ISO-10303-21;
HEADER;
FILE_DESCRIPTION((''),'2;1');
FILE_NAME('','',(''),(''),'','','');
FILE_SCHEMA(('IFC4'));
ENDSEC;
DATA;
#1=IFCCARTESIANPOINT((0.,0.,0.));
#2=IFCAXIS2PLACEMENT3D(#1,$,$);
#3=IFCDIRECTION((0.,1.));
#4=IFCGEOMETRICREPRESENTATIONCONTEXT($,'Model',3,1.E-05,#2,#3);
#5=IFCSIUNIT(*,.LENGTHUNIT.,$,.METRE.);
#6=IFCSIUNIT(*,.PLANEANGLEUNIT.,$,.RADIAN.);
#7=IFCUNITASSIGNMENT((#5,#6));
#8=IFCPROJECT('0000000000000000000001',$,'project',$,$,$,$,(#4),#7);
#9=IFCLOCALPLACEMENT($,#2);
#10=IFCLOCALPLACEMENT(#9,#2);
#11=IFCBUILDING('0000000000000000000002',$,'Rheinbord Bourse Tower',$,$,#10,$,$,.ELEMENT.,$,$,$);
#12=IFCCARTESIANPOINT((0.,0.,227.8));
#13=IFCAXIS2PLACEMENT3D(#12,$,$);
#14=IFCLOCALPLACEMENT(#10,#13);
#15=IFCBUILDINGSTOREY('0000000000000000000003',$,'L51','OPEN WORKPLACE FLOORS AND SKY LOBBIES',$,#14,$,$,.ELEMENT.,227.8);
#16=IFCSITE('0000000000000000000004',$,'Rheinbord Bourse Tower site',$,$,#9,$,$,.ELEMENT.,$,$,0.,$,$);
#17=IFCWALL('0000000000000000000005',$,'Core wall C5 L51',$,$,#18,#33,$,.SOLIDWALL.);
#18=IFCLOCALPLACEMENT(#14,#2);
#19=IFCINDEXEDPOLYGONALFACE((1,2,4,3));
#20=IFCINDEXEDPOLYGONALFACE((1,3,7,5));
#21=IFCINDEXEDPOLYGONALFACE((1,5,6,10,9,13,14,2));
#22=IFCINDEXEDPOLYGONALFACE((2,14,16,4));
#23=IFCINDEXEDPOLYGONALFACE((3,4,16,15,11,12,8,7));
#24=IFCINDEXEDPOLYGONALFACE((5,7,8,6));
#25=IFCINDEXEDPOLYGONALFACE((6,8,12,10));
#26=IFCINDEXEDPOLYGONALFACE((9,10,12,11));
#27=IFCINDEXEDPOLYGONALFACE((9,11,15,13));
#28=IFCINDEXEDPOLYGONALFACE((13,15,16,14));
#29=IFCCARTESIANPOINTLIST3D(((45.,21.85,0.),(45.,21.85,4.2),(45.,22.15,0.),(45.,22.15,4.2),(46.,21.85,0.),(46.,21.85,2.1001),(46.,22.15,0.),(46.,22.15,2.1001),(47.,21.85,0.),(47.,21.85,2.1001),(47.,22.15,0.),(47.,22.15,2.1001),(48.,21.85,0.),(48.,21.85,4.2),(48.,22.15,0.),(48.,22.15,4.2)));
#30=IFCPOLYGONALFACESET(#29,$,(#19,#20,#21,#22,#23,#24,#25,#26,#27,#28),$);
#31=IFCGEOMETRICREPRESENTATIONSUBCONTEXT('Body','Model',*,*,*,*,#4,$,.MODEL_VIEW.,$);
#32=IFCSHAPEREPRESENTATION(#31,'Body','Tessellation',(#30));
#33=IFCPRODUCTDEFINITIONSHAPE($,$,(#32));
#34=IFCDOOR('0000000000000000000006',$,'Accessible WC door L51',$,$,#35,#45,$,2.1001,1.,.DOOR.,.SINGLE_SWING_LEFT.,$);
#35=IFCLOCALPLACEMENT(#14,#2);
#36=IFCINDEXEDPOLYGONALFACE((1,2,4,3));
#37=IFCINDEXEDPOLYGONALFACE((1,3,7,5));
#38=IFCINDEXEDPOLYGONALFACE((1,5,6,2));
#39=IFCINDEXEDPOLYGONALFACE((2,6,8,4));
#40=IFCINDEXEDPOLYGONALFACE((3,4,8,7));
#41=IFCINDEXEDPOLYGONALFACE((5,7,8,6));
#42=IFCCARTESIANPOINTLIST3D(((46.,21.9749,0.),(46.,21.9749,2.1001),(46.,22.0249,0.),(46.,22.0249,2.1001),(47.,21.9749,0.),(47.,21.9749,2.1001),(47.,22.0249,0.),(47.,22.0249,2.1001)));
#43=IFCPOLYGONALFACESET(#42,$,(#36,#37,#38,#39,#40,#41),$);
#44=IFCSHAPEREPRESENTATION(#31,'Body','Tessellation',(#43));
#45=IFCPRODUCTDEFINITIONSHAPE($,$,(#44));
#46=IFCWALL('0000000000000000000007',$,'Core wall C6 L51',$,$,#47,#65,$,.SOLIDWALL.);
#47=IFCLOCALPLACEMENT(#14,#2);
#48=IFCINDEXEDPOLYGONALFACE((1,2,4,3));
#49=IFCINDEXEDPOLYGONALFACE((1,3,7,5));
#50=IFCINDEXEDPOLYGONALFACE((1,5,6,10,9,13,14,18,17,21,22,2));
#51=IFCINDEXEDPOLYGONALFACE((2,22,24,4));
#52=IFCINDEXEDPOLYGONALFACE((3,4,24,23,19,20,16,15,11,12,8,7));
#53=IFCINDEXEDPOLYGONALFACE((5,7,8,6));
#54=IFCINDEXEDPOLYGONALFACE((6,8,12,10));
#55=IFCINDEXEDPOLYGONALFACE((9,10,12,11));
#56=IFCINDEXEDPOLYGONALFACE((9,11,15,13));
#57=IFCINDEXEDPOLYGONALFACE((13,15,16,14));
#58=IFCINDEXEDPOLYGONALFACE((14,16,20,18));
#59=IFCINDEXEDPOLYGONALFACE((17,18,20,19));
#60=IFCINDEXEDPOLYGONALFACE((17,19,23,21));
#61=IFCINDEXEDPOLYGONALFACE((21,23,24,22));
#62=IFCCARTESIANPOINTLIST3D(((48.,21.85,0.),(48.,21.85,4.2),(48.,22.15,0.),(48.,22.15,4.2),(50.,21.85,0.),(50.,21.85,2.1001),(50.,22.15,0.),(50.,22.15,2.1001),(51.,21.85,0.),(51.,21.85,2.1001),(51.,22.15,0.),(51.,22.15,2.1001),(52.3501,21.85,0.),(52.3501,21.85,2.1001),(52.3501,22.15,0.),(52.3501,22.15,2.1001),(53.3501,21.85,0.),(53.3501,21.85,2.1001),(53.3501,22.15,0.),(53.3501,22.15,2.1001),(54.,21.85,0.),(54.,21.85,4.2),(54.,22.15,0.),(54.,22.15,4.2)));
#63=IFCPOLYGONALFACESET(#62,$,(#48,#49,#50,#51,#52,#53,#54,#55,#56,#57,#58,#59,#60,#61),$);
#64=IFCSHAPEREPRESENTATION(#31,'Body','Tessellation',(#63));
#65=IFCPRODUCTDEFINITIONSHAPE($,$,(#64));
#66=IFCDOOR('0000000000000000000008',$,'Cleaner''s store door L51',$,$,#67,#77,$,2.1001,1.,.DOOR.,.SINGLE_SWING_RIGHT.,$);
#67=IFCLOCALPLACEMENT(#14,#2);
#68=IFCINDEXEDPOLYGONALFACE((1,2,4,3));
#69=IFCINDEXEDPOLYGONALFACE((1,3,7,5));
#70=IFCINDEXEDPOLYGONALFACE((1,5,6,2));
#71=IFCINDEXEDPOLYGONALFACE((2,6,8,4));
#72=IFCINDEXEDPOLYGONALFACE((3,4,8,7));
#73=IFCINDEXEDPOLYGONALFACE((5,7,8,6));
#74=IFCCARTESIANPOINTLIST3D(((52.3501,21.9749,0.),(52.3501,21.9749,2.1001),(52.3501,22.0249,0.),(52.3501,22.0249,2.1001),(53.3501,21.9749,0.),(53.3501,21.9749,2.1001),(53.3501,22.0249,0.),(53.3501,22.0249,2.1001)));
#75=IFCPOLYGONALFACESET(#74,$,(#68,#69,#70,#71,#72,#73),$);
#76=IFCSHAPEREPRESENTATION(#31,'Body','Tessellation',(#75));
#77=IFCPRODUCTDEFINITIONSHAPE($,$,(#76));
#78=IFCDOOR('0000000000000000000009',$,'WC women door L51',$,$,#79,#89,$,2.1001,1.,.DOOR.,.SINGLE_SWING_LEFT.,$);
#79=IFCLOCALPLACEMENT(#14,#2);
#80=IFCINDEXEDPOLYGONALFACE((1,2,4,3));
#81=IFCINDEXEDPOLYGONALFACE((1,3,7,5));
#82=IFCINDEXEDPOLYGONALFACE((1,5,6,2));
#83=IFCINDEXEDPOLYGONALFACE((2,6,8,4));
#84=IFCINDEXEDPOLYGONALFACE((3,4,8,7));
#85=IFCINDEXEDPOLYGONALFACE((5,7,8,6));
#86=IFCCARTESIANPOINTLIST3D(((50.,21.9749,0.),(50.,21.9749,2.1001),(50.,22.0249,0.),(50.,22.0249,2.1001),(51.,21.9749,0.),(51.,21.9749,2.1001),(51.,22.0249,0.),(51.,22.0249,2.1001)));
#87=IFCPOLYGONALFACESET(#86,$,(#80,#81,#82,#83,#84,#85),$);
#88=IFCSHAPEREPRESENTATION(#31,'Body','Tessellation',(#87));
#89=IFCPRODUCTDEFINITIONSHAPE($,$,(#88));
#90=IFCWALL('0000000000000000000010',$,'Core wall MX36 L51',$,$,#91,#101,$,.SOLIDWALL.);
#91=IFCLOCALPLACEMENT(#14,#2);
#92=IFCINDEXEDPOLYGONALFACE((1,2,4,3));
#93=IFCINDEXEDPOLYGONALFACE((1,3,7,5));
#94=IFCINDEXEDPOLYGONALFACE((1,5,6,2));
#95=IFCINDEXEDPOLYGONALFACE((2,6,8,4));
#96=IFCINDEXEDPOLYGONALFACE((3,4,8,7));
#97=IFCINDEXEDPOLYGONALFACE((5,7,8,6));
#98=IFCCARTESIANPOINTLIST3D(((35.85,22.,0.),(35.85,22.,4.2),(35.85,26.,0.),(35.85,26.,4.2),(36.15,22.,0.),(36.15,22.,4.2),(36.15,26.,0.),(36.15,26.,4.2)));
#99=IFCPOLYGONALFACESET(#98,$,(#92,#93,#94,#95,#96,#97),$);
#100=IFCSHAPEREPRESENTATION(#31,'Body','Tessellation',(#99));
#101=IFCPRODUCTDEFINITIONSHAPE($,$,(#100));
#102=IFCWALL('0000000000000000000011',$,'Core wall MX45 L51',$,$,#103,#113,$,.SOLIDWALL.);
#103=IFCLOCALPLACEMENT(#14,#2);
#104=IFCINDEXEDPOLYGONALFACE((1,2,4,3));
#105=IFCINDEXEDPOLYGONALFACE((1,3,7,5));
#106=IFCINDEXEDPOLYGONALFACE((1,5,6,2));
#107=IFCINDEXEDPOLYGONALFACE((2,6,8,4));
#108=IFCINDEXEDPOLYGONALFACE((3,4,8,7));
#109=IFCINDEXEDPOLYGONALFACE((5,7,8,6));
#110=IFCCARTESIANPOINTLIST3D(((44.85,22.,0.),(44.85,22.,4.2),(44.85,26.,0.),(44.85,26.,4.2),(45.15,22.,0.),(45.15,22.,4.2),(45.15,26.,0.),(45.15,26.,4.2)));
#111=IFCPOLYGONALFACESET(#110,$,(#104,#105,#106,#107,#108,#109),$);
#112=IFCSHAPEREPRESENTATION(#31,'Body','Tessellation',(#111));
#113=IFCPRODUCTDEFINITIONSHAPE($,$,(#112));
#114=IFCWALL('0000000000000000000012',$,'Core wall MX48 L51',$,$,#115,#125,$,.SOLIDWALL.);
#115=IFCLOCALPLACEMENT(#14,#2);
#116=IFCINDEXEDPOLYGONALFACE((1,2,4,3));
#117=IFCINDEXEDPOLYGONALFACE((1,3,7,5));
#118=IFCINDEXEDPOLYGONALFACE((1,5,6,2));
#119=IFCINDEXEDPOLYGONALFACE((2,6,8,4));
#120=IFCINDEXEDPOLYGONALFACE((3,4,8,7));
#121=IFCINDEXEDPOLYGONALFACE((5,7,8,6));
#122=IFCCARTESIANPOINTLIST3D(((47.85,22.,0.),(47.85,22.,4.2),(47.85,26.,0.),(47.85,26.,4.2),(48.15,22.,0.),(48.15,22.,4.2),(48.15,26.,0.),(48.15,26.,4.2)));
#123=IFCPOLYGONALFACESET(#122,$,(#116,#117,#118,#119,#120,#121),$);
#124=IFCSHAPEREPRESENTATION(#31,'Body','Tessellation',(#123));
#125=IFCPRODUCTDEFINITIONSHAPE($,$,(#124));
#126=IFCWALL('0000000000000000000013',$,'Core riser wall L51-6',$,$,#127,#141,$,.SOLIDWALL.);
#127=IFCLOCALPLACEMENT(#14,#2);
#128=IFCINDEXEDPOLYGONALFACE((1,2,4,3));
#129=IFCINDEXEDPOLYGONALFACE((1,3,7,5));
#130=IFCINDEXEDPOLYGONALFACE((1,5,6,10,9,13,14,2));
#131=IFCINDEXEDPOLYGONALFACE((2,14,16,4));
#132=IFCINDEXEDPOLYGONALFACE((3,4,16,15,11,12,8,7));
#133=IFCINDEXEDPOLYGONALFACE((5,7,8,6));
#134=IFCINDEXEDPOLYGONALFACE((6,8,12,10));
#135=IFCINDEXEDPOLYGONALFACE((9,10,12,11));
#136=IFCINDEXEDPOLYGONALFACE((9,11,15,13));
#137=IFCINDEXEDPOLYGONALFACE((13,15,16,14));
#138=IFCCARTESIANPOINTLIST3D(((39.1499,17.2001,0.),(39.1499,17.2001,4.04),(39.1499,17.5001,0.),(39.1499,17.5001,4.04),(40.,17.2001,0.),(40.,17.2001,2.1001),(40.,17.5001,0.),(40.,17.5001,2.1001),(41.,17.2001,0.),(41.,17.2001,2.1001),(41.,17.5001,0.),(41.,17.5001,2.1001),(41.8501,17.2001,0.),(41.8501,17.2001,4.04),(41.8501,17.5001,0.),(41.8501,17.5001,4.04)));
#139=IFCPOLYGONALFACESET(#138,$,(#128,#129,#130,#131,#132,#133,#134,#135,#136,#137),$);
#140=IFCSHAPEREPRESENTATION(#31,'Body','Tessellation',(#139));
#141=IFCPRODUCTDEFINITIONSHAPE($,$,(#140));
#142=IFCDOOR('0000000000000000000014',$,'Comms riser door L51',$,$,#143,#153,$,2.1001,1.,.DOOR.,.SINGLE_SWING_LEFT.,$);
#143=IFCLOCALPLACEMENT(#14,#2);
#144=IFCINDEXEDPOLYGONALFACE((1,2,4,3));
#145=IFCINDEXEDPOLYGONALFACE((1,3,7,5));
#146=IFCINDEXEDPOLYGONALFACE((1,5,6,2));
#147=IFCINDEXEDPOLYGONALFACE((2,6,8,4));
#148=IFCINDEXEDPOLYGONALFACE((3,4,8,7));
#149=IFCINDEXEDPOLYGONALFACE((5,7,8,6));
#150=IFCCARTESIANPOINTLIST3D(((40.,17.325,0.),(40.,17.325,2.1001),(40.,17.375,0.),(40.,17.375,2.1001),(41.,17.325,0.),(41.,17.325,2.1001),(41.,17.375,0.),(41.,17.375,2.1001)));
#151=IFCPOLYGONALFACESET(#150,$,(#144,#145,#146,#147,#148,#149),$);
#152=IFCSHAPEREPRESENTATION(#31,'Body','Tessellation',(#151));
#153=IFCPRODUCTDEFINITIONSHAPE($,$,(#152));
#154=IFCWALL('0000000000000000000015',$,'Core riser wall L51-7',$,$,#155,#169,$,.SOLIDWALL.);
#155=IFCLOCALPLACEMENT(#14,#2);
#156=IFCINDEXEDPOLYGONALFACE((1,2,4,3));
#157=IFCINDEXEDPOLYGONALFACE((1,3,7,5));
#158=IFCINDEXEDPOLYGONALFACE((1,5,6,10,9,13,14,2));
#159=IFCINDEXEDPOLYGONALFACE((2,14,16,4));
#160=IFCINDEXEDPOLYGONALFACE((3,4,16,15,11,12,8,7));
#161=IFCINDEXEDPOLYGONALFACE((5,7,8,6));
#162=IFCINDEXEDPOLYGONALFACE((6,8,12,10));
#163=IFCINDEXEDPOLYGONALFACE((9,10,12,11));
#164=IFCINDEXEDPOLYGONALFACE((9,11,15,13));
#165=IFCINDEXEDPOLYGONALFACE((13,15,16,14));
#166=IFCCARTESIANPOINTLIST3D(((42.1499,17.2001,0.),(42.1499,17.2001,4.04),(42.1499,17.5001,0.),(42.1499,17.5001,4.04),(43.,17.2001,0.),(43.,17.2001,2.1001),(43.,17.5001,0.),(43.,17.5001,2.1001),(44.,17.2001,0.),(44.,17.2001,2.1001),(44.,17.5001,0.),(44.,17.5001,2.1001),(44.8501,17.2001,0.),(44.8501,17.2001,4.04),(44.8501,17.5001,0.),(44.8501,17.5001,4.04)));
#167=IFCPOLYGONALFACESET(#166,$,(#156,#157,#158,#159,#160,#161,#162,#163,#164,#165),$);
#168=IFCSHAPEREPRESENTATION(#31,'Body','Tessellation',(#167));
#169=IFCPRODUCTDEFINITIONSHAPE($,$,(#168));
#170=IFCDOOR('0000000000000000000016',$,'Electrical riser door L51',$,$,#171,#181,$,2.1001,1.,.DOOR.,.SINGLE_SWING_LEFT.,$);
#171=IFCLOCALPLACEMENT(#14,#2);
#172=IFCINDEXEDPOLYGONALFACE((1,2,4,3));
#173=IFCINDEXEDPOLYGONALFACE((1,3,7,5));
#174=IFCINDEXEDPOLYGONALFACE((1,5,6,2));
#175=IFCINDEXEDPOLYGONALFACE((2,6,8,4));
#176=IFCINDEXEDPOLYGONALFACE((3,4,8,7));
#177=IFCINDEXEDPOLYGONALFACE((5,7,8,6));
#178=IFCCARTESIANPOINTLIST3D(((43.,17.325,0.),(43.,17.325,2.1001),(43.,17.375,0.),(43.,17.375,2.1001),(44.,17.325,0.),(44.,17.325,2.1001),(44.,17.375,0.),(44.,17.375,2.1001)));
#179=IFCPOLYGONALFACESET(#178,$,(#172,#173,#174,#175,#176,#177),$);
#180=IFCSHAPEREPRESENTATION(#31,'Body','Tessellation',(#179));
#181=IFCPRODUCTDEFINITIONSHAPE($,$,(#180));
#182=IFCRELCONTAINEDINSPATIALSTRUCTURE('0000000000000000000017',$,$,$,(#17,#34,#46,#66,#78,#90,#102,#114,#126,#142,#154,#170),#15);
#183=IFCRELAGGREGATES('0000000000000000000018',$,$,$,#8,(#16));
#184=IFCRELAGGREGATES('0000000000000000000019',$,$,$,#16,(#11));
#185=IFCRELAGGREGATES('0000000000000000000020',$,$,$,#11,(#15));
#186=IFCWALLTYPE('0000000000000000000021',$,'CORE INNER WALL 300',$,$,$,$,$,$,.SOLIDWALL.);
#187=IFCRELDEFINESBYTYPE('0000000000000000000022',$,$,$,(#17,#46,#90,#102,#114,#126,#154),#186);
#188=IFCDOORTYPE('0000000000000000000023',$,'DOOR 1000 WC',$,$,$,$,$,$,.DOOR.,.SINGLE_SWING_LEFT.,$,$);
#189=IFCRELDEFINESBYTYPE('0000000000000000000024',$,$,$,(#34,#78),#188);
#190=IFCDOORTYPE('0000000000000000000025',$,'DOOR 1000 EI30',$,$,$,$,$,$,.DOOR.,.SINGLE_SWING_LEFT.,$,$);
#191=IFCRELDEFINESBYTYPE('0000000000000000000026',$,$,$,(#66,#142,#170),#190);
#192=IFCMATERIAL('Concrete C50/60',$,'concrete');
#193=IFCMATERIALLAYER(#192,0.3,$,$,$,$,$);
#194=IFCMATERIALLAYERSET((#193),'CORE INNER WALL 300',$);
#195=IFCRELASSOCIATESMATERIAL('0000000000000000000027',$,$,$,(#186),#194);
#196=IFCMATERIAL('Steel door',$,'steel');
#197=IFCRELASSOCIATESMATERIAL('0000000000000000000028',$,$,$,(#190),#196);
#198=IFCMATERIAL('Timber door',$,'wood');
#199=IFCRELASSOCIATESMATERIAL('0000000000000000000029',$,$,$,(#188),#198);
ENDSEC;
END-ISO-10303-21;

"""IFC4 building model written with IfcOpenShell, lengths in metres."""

from ifc_helpers import new_model, si_unit, direction, frame, frame_2d, origin, place, context, subcontext, project, spatial, rectangle, extrude, material, layer, layer_set, type_object, element, fill, save


model = new_model("IFC4")

# Units and contexts
model_context = context("Model", 3, precision=1e-05, world=origin(), true_north=direction((0.0, 1.0)))
body_context = subcontext(model_context, "Body", "Model", "MODEL_VIEW")
ifc_project = project(units=[si_unit("LENGTHUNIT", "METRE"), si_unit("PLANEANGLEUNIT", "RADIAN")], contexts=[model_context])

# Site, building, storey
site_placement = place(None, origin())
site = spatial("IfcSite", under=ifc_project, at=site_placement, Name="Rheinbord Bourse Tower site", CompositionType="ELEMENT", RefElevation=0.0)
building_placement = place(site_placement, origin())
building = spatial("IfcBuilding", under=site, at=building_placement, Name="Rheinbord Bourse Tower", CompositionType="ELEMENT")
storey_placement = place(building_placement, frame((0.0, 0.0, 227.8)))
storey = spatial("IfcBuildingStorey", under=building, at=storey_placement, Name="L51", Description="OPEN WORKPLACE FLOORS AND SKY LOBBIES", CompositionType="ELEMENT", Elevation=227.8)

# Wall, opening, door
ifc_material_1 = material(Name="Concrete C50/60", Category="concrete")
ifc_layer_1 = layer(ifc_material_1, 0.3)
ifc_layer_set_1 = layer_set([ifc_layer_1], Name="CORE INNER WALL 300")
wall_type_1 = type_object("IfcWallType", Name="CORE INNER WALL 300", PredefinedType="SOLIDWALL", material=ifc_layer_set_1)
ifc_material_2 = material(Name="Steel door", Category="steel")
door_type_1 = type_object("IfcDoorType", Name="DOOR 1000 EI30", OperationType="SINGLE_SWING_LEFT", PredefinedType="DOOR", material=ifc_material_2)
wall_1_placement = place(storey_placement, frame((45.0, 22.0, 0.0), z_axis=(0.0, 0.0, 1.0), x_axis=(1.0, 0.0, 0.0)))
wall_1 = element("IfcWall", 1, at=wall_1_placement, inside=storey, type_object=wall_type_1, Name="Core wall C5 L51", PredefinedType="SOLIDWALL", context=body_context, shape_type="SweptSolid", body=[
    extrude(rectangle(XDim=3.0, YDim=0.3, at=frame_2d((1.5, 0.0))), origin(), (0.0, 0.0, 1.0), 4.2),
])
opening_1_placement = place(wall_1_placement, frame((1.0, 0.0, 0.0)))
opening_1 = element("IfcOpeningElement", 2, at=opening_1_placement, cuts=wall_1, PredefinedType="OPENING", context=body_context, shape_type="SweptSolid", body=[
    extrude(rectangle(XDim=1.0, YDim=2.1001, at=frame_2d((0.5, 1.05))), frame((0.0, 0.1599, 0.0), z_axis=(0.0, -1.0, 0.0), x_axis=(1.0, 0.0, 0.0)), (0.0, 0.0, 1.0), 0.3201),
])
ifc_material_3 = material(Name="Timber door", Category="wood")
door_type_2 = type_object("IfcDoorType", Name="DOOR 1000 WC", OperationType="SINGLE_SWING_LEFT", PredefinedType="DOOR", material=ifc_material_3)
door_1_placement = place(opening_1_placement, origin())
door_1 = element("IfcDoor", 3, at=door_1_placement, inside=storey, type_object=door_type_2, Name="Accessible WC door L51", OperationType="SINGLE_SWING_LEFT", OverallHeight=2.1001, OverallWidth=1.0, PredefinedType="DOOR", context=body_context, shape_type="SweptSolid", body=[
    extrude(rectangle(XDim=1.0, YDim=2.1001, at=frame_2d((0.5, 1.05))), frame((0.0, 0.0249, 0.0), z_axis=(0.0, -1.0, 0.0), x_axis=(1.0, 0.0, 0.0)), (0.0, 0.0, 1.0), 0.05),
])
fill(opening_1, door_1)

# Wall, openings, doors
wall_2_placement = place(storey_placement, frame((48.0, 22.0, 0.0), z_axis=(0.0, 0.0, 1.0), x_axis=(1.0, 0.0, 0.0)))
wall_2 = element("IfcWall", 4, at=wall_2_placement, inside=storey, type_object=wall_type_1, Name="Core wall C6 L51", PredefinedType="SOLIDWALL", context=body_context, shape_type="SweptSolid", body=[
    extrude(rectangle(XDim=6.0, YDim=0.3, at=frame_2d((3.0, 0.0))), origin(), (0.0, 0.0, 1.0), 4.2),
])
opening_2_placement = place(wall_2_placement, frame((2.0, 0.0, 0.0)))
opening_2 = element("IfcOpeningElement", 5, at=opening_2_placement, cuts=wall_2, PredefinedType="OPENING", context=body_context, shape_type="SweptSolid", body=[
    extrude(rectangle(XDim=1.0, YDim=2.1001, at=frame_2d((0.5, 1.05))), frame((0.0, 0.1599, 0.0), z_axis=(0.0, -1.0, 0.0), x_axis=(1.0, 0.0, 0.0)), (0.0, 0.0, 1.0), 0.3201),
])
opening_3_placement = place(wall_2_placement, frame((4.3501, 0.0, 0.0)))
opening_3 = element("IfcOpeningElement", 6, at=opening_3_placement, cuts=wall_2, PredefinedType="OPENING", context=body_context, shape_type="SweptSolid", body=[
    extrude(rectangle(XDim=1.0, YDim=2.1001, at=frame_2d((0.5, 1.05))), frame((0.0, 0.1599, 0.0), z_axis=(0.0, -1.0, 0.0), x_axis=(1.0, 0.0, 0.0)), (0.0, 0.0, 1.0), 0.3201),
])
door_2_placement = place(opening_3_placement, origin())
door_2 = element("IfcDoor", 7, at=door_2_placement, inside=storey, type_object=door_type_1, Name="Cleaner's store door L51", OperationType="SINGLE_SWING_RIGHT", OverallHeight=2.1001, OverallWidth=1.0, PredefinedType="DOOR", context=body_context, shape_type="SweptSolid", body=[
    extrude(rectangle(XDim=1.0, YDim=2.1001, at=frame_2d((0.5, 1.05))), frame((0.0, 0.0249, 0.0), z_axis=(0.0, -1.0, 0.0), x_axis=(1.0, 0.0, 0.0)), (0.0, 0.0, 1.0), 0.05),
])
fill(opening_3, door_2)
door_3_placement = place(opening_2_placement, origin())
door_3 = element("IfcDoor", 8, at=door_3_placement, inside=storey, type_object=door_type_2, Name="WC women door L51", OperationType="SINGLE_SWING_LEFT", OverallHeight=2.1001, OverallWidth=1.0, PredefinedType="DOOR", context=body_context, shape_type="SweptSolid", body=[
    extrude(rectangle(XDim=1.0, YDim=2.1001, at=frame_2d((0.5, 1.05))), frame((0.0, 0.0249, 0.0), z_axis=(0.0, -1.0, 0.0), x_axis=(1.0, 0.0, 0.0)), (0.0, 0.0, 1.0), 0.05),
])
fill(opening_2, door_3)

# Walls
for number, where, z_axis, x_axis, name in (
    (9, (36.0, 22.0, 0.0), (0.0, 0.0, 1.0), (0.0, 1.0, 0.0), "Core wall MX36 L51"),
    (10, (45.0, 22.0, 0.0), (0.0, 0.0, 1.0), (0.0, 1.0, 0.0), "Core wall MX45 L51"),
    (11, (48.0, 22.0, 0.0), (0.0, 0.0, 1.0), (0.0, 1.0, 0.0), "Core wall MX48 L51"),
):
    element("IfcWall", number, at=place(storey_placement, frame(where, z_axis=z_axis, x_axis=x_axis)), inside=storey, type_object=wall_type_1, Name=name, PredefinedType="SOLIDWALL", context=body_context, shape_type="SweptSolid", body=[
        extrude(rectangle(XDim=4.0, YDim=0.3, at=frame_2d((2.0, 0.0))), origin(), (0.0, 0.0, 1.0), 4.2),
    ])

# Walls, openings, doors
wall_3_placement = place(storey_placement, frame((39.1499, 17.3501, 0.0), z_axis=(0.0, 0.0, 1.0), x_axis=(1.0, 0.0, 0.0)))
wall_3 = element("IfcWall", 12, at=wall_3_placement, inside=storey, type_object=wall_type_1, Name="Core riser wall L51-6", PredefinedType="SOLIDWALL", context=body_context, shape_type="SweptSolid", body=[
    extrude(rectangle(XDim=2.7002, YDim=0.3, at=frame_2d((1.3501, 0.0))), origin(), (0.0, 0.0, 1.0), 4.04),
])
opening_4_placement = place(wall_3_placement, frame((0.8501, 0.0, 0.0)))
opening_4 = element("IfcOpeningElement", 13, at=opening_4_placement, cuts=wall_3, PredefinedType="OPENING", context=body_context, shape_type="SweptSolid", body=[
    extrude(rectangle(XDim=1.0, YDim=2.1001, at=frame_2d((0.5, 1.05))), frame((0.0, 0.1599, 0.0), z_axis=(0.0, -1.0, 0.0), x_axis=(1.0, 0.0, 0.0)), (0.0, 0.0, 1.0), 0.3201),
])
door_4_placement = place(opening_4_placement, origin())
door_4 = element("IfcDoor", 14, at=door_4_placement, inside=storey, type_object=door_type_1, Name="Comms riser door L51", OperationType="SINGLE_SWING_LEFT", OverallHeight=2.1001, OverallWidth=1.0, PredefinedType="DOOR", context=body_context, shape_type="SweptSolid", body=[
    extrude(rectangle(XDim=1.0, YDim=2.1001, at=frame_2d((0.5, 1.05))), frame((0.0, 0.0249, 0.0), z_axis=(0.0, -1.0, 0.0), x_axis=(1.0, 0.0, 0.0)), (0.0, 0.0, 1.0), 0.05),
])
fill(opening_4, door_4)
wall_4_placement = place(storey_placement, frame((42.1499, 17.3501, 0.0), z_axis=(0.0, 0.0, 1.0), x_axis=(1.0, 0.0, 0.0)))
wall_4 = element("IfcWall", 15, at=wall_4_placement, inside=storey, type_object=wall_type_1, Name="Core riser wall L51-7", PredefinedType="SOLIDWALL", context=body_context, shape_type="SweptSolid", body=[
    extrude(rectangle(XDim=2.7002, YDim=0.3, at=frame_2d((1.3501, 0.0))), origin(), (0.0, 0.0, 1.0), 4.04),
])
opening_5_placement = place(wall_4_placement, frame((0.8501, 0.0, 0.0)))
opening_5 = element("IfcOpeningElement", 16, at=opening_5_placement, cuts=wall_4, PredefinedType="OPENING", context=body_context, shape_type="SweptSolid", body=[
    extrude(rectangle(XDim=1.0, YDim=2.1001, at=frame_2d((0.5, 1.05))), frame((0.0, 0.1599, 0.0), z_axis=(0.0, -1.0, 0.0), x_axis=(1.0, 0.0, 0.0)), (0.0, 0.0, 1.0), 0.3201),
])
door_5_placement = place(opening_5_placement, origin())
door_5 = element("IfcDoor", 17, at=door_5_placement, inside=storey, type_object=door_type_1, Name="Electrical riser door L51", OperationType="SINGLE_SWING_LEFT", OverallHeight=2.1001, OverallWidth=1.0, PredefinedType="DOOR", context=body_context, shape_type="SweptSolid", body=[
    extrude(rectangle(XDim=1.0, YDim=2.1001, at=frame_2d((0.5, 1.05))), frame((0.0, 0.0249, 0.0), z_axis=(0.0, -1.0, 0.0), x_axis=(1.0, 0.0, 0.0)), (0.0, 0.0, 1.0), 0.05),
])
fill(opening_5, door_5)

save(model, "model.ifc")
